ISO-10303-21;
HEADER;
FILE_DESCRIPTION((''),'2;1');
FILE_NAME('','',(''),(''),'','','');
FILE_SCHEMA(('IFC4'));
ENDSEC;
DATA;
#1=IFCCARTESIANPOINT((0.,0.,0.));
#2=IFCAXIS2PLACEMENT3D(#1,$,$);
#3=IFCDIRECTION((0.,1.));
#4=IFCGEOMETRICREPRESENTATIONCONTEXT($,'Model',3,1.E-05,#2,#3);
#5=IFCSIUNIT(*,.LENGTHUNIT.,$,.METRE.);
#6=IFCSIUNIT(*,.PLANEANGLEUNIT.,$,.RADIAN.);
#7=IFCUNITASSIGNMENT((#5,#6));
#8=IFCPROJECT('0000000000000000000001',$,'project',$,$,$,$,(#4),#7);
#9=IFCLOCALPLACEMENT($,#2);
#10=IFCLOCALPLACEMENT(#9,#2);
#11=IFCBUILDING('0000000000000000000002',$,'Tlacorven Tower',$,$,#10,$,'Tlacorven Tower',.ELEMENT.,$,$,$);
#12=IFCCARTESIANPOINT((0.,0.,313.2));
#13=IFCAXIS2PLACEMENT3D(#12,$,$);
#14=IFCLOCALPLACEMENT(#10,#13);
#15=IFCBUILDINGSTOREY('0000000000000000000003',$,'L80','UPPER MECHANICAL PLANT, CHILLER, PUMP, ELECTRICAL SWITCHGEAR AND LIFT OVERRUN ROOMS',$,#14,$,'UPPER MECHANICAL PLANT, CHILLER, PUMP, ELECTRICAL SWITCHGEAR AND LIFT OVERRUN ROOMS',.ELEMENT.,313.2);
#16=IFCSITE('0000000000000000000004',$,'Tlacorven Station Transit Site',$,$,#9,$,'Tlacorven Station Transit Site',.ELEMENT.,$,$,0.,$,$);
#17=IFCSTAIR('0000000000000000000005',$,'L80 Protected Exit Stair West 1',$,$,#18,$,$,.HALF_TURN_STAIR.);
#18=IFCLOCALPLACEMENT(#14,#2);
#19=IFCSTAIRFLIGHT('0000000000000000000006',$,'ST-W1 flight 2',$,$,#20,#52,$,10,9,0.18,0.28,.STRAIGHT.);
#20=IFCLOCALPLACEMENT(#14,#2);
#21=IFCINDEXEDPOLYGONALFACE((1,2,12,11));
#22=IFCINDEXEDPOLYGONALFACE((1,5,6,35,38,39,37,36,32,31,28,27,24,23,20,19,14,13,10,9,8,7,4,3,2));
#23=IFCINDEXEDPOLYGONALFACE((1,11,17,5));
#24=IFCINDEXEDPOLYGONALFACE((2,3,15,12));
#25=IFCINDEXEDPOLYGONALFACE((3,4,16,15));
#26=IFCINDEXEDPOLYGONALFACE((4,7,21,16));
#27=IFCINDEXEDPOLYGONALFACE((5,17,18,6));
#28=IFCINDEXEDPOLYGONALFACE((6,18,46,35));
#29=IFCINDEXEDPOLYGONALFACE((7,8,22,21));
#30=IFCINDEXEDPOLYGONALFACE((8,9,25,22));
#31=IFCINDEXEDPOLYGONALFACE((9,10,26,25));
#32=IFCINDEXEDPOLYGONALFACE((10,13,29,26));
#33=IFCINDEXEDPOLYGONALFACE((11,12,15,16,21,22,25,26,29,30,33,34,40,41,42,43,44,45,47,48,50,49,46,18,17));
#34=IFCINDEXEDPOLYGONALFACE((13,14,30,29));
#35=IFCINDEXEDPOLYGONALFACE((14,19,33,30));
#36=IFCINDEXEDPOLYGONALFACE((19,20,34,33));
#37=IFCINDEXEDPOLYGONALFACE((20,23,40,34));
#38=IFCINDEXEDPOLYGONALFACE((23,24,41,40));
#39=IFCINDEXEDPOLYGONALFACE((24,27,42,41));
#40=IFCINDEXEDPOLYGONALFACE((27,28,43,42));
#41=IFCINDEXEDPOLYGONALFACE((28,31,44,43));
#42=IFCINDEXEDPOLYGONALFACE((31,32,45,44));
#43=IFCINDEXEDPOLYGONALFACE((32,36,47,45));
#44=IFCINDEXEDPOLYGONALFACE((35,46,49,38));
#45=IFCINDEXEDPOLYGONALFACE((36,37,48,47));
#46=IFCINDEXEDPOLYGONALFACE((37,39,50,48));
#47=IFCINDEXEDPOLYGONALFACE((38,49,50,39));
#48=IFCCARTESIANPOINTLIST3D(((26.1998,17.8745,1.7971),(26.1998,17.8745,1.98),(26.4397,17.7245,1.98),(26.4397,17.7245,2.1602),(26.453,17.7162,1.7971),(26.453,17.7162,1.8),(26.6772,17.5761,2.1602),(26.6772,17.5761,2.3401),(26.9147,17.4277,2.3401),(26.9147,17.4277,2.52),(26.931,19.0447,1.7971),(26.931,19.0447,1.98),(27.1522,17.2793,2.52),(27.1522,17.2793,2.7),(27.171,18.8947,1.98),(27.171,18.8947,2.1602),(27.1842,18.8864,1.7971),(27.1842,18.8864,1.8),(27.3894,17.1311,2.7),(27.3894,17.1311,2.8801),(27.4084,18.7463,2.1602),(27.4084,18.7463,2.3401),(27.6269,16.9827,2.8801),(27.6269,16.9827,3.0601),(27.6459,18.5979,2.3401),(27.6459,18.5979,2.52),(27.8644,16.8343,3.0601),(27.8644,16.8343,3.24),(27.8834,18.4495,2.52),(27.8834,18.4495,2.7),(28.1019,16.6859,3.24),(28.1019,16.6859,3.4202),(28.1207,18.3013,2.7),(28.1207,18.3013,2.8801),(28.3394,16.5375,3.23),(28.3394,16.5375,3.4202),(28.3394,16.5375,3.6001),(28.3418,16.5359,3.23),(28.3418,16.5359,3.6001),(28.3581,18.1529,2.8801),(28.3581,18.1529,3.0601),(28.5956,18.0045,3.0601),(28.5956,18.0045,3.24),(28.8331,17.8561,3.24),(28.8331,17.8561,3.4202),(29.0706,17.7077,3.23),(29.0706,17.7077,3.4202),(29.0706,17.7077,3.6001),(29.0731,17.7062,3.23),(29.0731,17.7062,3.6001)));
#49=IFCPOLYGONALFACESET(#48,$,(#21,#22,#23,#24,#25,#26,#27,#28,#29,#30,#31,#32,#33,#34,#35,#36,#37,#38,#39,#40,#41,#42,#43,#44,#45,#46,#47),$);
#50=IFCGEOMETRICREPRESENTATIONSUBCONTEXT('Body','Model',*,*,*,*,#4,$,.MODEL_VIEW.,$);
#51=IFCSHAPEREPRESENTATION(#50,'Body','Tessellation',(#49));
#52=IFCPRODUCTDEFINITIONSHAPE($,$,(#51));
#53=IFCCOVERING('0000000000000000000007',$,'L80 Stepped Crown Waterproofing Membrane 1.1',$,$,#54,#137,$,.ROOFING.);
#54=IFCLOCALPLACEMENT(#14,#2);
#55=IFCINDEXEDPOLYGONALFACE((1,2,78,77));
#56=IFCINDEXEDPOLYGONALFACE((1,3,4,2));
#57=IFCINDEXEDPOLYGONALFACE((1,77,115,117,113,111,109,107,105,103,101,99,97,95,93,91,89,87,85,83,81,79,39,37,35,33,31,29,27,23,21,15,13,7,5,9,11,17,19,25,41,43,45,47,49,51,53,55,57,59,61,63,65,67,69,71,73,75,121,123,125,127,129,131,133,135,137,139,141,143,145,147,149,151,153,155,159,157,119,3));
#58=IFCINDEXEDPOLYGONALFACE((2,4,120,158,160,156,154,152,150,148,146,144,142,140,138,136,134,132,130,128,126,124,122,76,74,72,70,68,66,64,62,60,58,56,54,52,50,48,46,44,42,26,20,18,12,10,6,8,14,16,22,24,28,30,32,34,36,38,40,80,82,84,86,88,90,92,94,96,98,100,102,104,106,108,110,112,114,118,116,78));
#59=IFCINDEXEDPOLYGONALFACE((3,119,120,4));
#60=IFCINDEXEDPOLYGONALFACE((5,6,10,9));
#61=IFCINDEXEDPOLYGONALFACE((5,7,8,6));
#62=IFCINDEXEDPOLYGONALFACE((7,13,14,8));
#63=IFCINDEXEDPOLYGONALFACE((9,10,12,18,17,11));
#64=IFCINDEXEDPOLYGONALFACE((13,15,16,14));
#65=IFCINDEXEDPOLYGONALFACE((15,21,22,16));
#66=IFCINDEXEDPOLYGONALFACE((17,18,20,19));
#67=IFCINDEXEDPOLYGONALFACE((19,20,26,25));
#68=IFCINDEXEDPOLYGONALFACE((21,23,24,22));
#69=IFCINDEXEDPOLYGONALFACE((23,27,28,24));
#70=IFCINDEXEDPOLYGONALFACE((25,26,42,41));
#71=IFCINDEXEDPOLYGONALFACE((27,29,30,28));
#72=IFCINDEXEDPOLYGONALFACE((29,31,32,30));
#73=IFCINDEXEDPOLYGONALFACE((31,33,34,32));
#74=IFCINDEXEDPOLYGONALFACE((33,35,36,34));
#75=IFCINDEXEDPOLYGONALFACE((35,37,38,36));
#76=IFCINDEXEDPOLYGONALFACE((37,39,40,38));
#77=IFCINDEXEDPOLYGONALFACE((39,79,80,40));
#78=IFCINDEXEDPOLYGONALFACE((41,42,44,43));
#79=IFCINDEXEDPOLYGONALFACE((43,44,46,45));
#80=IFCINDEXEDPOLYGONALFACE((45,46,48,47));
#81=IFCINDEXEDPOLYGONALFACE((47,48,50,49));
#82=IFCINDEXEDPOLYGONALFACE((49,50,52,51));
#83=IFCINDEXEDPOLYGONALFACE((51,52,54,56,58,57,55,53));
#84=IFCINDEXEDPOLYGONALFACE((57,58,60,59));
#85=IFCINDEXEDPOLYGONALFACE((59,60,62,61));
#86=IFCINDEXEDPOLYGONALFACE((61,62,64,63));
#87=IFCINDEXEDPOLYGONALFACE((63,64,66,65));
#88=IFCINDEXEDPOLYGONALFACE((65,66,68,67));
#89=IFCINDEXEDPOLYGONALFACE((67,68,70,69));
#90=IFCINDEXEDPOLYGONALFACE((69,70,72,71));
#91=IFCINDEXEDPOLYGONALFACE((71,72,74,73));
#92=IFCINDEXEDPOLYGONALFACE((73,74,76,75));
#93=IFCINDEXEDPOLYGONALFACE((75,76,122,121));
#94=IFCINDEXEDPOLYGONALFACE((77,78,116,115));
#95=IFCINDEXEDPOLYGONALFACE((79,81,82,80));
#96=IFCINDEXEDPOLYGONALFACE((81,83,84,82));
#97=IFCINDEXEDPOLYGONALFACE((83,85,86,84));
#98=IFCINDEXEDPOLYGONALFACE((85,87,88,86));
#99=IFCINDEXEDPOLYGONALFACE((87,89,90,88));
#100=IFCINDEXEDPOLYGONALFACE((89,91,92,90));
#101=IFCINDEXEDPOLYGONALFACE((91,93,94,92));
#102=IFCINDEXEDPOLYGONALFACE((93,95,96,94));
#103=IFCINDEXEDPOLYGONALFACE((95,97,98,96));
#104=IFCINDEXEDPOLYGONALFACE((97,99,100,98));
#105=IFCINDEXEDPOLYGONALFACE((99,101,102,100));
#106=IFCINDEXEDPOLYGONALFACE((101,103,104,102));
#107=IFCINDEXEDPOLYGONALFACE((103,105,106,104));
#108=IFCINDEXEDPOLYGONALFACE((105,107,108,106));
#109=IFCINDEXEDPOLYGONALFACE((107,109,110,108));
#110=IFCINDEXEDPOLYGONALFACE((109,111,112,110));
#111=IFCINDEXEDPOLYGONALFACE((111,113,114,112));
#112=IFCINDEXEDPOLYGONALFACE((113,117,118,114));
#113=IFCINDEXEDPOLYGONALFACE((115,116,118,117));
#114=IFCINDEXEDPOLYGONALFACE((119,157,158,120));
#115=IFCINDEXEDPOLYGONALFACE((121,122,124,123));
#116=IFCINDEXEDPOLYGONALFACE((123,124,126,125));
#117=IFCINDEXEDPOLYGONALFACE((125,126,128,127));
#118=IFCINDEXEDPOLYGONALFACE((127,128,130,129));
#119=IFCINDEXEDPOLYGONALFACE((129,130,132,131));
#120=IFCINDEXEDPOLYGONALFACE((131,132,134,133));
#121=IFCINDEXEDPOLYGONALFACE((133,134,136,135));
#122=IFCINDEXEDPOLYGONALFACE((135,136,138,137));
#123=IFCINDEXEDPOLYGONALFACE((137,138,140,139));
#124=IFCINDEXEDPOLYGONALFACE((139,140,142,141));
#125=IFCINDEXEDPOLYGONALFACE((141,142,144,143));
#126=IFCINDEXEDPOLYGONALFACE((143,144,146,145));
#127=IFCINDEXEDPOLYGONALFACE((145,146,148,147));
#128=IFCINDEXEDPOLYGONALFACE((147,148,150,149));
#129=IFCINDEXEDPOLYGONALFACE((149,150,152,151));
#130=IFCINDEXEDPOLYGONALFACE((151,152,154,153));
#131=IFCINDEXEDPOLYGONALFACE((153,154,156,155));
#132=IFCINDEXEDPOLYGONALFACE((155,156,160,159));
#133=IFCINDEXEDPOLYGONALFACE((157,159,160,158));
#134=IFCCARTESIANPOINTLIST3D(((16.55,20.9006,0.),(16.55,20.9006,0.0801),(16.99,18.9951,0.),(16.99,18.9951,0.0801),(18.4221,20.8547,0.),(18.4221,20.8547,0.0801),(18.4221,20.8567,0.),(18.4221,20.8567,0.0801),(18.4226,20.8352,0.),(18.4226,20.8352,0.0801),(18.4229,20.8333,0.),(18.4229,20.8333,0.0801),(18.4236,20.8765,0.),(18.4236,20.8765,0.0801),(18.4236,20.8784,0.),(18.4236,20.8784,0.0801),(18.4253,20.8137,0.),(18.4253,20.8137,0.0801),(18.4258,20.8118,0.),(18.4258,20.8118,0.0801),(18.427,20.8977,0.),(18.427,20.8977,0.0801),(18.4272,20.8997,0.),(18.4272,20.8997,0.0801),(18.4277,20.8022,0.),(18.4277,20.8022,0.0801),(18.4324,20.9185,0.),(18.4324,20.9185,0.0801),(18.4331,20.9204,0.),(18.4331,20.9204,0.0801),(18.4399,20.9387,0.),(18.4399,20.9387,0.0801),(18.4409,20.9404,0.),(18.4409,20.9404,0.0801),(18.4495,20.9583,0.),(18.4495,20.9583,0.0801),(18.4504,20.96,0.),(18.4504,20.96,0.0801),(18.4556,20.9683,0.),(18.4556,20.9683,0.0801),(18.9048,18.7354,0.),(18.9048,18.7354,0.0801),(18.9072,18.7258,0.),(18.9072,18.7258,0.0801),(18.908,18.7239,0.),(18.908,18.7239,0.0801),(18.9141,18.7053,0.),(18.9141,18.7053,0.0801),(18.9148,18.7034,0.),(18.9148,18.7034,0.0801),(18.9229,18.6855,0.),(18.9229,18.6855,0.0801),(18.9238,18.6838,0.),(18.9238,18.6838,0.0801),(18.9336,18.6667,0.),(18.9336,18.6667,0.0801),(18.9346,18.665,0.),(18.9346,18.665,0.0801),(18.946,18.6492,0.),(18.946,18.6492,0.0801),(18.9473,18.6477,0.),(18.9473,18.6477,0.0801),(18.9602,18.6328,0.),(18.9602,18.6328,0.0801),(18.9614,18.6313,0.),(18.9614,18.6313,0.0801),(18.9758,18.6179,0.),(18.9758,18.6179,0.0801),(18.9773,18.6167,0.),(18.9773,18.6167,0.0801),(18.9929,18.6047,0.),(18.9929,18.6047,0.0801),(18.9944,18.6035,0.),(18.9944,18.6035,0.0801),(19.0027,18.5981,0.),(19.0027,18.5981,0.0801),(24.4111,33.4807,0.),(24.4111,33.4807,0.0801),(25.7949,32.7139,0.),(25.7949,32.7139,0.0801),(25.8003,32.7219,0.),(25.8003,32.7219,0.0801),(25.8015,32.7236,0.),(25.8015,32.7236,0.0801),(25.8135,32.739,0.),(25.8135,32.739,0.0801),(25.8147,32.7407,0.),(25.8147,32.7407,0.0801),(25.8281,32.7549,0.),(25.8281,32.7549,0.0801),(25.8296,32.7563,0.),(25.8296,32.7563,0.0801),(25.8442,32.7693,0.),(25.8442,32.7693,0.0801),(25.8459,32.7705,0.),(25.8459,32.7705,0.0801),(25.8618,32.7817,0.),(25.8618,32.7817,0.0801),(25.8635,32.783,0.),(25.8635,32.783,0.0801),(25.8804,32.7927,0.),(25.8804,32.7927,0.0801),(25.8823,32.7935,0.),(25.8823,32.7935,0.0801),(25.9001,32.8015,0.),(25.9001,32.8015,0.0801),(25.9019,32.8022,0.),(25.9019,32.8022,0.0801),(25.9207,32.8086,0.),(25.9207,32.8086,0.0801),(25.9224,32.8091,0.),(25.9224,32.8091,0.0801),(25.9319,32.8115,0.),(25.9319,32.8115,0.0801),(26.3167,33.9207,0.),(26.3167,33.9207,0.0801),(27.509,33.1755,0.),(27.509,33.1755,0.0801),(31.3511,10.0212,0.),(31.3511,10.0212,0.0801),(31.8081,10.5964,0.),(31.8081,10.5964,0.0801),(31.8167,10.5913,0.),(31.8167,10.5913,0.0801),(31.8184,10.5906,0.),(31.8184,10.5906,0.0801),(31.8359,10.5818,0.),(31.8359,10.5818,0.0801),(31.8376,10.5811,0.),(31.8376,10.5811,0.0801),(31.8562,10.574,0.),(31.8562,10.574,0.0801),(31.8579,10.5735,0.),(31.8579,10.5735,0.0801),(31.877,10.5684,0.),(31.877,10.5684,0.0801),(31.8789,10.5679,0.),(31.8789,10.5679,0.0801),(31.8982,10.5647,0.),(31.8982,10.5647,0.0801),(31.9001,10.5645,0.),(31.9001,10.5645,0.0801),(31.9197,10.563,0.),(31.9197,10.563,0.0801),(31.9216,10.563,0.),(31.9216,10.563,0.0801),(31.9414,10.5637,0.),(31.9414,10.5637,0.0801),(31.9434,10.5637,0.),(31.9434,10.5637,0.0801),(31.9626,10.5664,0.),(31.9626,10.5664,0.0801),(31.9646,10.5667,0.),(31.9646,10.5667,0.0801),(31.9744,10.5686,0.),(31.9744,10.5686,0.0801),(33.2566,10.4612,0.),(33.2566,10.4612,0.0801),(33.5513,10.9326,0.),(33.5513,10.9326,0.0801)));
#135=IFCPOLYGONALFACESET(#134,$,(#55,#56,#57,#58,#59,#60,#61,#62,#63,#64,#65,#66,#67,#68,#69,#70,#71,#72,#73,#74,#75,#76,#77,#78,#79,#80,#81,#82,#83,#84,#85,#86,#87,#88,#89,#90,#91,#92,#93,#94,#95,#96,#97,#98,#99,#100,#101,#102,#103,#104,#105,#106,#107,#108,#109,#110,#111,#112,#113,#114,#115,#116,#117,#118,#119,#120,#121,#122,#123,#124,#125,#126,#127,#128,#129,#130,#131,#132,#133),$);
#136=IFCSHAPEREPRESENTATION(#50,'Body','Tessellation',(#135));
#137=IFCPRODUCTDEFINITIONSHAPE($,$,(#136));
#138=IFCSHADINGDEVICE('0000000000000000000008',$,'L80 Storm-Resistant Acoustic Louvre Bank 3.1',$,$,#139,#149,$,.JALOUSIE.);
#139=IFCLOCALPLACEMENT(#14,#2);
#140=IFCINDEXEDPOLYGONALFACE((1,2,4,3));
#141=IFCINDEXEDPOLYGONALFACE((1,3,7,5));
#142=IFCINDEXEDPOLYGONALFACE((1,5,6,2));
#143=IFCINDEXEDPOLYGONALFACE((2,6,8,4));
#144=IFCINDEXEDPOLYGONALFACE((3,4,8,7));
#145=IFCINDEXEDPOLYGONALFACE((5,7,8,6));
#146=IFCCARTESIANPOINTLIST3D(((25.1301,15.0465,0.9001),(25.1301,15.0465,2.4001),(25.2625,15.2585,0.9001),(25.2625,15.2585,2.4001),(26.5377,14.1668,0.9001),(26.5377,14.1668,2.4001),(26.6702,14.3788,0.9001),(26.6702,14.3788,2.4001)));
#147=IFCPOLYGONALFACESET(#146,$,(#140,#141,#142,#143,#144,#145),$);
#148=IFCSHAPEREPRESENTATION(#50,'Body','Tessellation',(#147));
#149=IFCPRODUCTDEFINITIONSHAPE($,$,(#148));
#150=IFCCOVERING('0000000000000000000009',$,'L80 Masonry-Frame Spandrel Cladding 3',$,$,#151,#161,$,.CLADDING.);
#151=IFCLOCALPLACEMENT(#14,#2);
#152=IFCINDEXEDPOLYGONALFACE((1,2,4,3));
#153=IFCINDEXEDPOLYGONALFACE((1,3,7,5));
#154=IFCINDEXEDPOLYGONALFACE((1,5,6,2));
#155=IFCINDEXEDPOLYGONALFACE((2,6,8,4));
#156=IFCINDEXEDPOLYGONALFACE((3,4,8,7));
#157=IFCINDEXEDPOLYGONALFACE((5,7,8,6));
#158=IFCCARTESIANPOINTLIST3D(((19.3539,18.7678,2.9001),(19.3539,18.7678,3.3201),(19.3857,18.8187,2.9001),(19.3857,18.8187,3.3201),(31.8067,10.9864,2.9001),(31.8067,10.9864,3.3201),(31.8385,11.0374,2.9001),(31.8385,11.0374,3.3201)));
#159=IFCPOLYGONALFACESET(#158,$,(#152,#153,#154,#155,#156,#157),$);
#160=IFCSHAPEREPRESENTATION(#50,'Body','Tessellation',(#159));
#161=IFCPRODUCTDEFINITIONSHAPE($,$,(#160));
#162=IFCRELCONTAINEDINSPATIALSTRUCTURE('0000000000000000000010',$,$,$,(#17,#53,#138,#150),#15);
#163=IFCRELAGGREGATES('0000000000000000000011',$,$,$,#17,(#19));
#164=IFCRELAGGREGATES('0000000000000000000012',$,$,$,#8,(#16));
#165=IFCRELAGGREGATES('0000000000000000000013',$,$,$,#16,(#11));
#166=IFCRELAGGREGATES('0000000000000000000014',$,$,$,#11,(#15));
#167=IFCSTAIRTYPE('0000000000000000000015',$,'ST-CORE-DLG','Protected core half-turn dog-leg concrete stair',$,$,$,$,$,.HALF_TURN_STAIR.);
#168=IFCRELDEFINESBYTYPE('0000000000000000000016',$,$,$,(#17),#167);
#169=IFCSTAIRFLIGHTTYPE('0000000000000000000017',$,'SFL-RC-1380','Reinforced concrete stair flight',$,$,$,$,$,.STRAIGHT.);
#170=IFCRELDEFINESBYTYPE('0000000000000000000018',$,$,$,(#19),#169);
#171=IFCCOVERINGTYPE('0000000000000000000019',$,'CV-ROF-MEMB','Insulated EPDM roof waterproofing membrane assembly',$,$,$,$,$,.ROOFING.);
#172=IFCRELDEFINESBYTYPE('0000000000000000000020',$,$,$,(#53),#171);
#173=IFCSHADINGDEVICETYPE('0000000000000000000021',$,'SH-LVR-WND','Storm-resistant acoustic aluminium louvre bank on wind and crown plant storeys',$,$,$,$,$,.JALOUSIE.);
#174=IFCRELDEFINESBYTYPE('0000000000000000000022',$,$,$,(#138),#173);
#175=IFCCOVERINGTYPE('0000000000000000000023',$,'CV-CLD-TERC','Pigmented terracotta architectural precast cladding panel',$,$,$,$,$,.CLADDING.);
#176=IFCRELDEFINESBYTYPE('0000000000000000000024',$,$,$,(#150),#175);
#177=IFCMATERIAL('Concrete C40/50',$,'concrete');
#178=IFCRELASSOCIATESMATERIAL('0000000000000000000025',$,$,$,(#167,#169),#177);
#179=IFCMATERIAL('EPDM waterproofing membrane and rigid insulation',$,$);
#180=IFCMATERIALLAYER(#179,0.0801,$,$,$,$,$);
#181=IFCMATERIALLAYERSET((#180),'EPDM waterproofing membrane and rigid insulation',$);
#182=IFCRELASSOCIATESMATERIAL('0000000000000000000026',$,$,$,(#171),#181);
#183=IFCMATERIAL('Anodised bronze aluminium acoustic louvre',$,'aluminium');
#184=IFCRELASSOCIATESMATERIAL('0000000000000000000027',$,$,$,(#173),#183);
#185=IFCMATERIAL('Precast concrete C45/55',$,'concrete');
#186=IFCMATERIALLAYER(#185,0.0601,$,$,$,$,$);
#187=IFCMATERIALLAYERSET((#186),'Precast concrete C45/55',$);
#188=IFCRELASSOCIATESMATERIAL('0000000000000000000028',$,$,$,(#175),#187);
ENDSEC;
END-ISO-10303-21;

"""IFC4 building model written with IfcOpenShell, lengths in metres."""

from ifc_helpers import new_model, si_unit, direction, frame, origin, origin_2d, place, context, subcontext, project, spatial, polyline, rectangle, outline, extrude, source, transform, mapped, material, layer, layer_set, type_object, element, aggregate, save


model = new_model("IFC4")

# Units and contexts
model_context = context("Model", 3, precision=1e-05, world=origin(), true_north=direction((0.0, 1.0)))
body_context = subcontext(model_context, "Body", "Model", "MODEL_VIEW")
ifc_project = project(units=[si_unit("LENGTHUNIT", "METRE"), si_unit("PLANEANGLEUNIT", "RADIAN")], contexts=[model_context])

# Site, building, storey
site_placement = place(None, origin())
site = spatial("IfcSite", under=ifc_project, at=site_placement, Name="Tlacorven Station Transit Site", LongName="Tlacorven Station Transit Site", CompositionType="ELEMENT", RefElevation=0.0)
building_placement = place(site_placement, origin())
building = spatial("IfcBuilding", under=site, at=building_placement, Name="Tlacorven Tower", LongName="Tlacorven Tower", CompositionType="ELEMENT")
storey_placement = place(building_placement, frame((0.0, 0.0, 313.2)))
storey = spatial("IfcBuildingStorey", under=building, at=storey_placement, Name="L80", Description="UPPER MECHANICAL PLANT, CHILLER, PUMP, ELECTRICAL SWITCHGEAR AND LIFT OVERRUN ROOMS", LongName="UPPER MECHANICAL PLANT, CHILLER, PUMP, ELECTRICAL SWITCHGEAR AND LIFT OVERRUN ROOMS", CompositionType="ELEMENT", Elevation=313.2)

# Stair
ifc_material_1 = material(Name="Concrete C40/50", Category="concrete")
stair_type = type_object("IfcStairType", Name="ST-CORE-DLG", Description="Protected core half-turn dog-leg concrete stair", PredefinedType="HALF_TURN_STAIR", material=ifc_material_1)
stair_1_placement = place(storey_placement, origin())
stair_1 = element("IfcStair", 1, at=stair_1_placement, inside=storey, type_object=stair_type, Name="L80 Protected Exit Stair West 1", PredefinedType="HALF_TURN_STAIR")

# Shared definitions
ifc_material_2 = material(Name="Precast concrete C45/55", Category="concrete")

# Stair flight
stair_flight_type = type_object("IfcStairFlightType", Name="SFL-RC-1380", Description="Reinforced concrete stair flight", PredefinedType="STRAIGHT", material=ifc_material_1)
shared_shape_1 = source(origin(), body_context, "Body", "SweptSolid", [
    extrude(outline(polyline([(-0.0029, -0.0029), (-0.0029, 0.1799), (0.28, 0.1799), (0.28, 0.3601), (0.5601, 0.3601), (0.5601, 0.54), (0.8401, 0.54), (0.8401, 0.72), (1.1201, 0.72), (1.1201, 0.8999), (1.3999, 0.8999), (1.3999, 1.0801), (1.6799, 1.0801), (1.6799, 1.26), (1.96, 1.26), (1.96, 1.4399), (2.24, 1.4399), (2.24, 1.6201), (2.52, 1.6201), (2.52, 1.8), (2.5229, 1.8), (2.5229, 1.4299), (2.52, 1.4299), (0.2957, 0.0), (0.2957, -0.0029), (-0.0029, -0.0029)])), frame((0.0, 0.6899, 0.0), z_axis=(0.0, -1.0, 0.0), x_axis=(1.0, 0.0, 0.0)), (0.0, 0.0, 1.0), 1.3799),
])
stair_flight_placement = place(storey_placement, frame((26.5679, 18.458, 1.8), z_axis=(0.0, 0.0, 1.0), x_axis=(0.848048, -0.529919, 0.0)))
stair_flight = element("IfcStairFlight", 2, at=stair_flight_placement, type_object=stair_flight_type, Name="ST-W1 flight 2", NumberOfRisers=10, NumberOfTreads=9, PredefinedType="STRAIGHT", RiserHeight=0.18, TreadLength=0.28, context=body_context, shape_type="MappedRepresentation", body=[
    mapped(shared_shape_1, transform((0.0, 0.0, 0.0), scale=1.0)),
])
aggregate(stair_1, [stair_flight])

# Covering
ifc_material_3 = material(Name="EPDM waterproofing membrane and rigid insulation")
ifc_layer_1 = layer(ifc_material_3, 0.0801)
ifc_layer_set_1 = layer_set([ifc_layer_1], Name="EPDM waterproofing membrane and rigid insulation")
covering_type_1 = type_object("IfcCoveringType", Name="CV-ROF-MEMB", Description="Insulated EPDM roof waterproofing membrane assembly", PredefinedType="ROOFING", material=ifc_layer_set_1)
covering_1_placement = place(storey_placement, origin())
element("IfcCovering", 3, at=covering_1_placement, inside=storey, type_object=covering_type_1, Name="L80 Stepped Crown Waterproofing Membrane 1.1", PredefinedType="ROOFING", context=body_context, shape_type="SweptSolid", body=[
    extrude(outline(polyline([(33.2566, 10.4612), (31.3511, 10.0212), (16.99, 18.9951), (16.55, 20.9006), (24.4111, 33.4807), (26.3167, 33.9207), (27.509, 33.1755), (25.9319, 32.8115), (25.9224, 32.8091), (25.9207, 32.8086), (25.9019, 32.8022), (25.9001, 32.8015), (25.8823, 32.7935), (25.8804, 32.7927), (25.8635, 32.783), (25.8618, 32.7817), (25.8459, 32.7705), (25.8442, 32.7693), (25.8296, 32.7563), (25.8281, 32.7549), (25.8147, 32.7407), (25.8135, 32.739), (25.8015, 32.7236), (25.8003, 32.7219), (25.7949, 32.7139), (18.4556, 20.9683), (18.4504, 20.96), (18.4495, 20.9583), (18.4409, 20.9404), (18.4399, 20.9387), (18.4331, 20.9204), (18.4324, 20.9185), (18.4272, 20.8997), (18.427, 20.8977), (18.4236, 20.8784), (18.4236, 20.8765), (18.4221, 20.8567), (18.4221, 20.8547), (18.4226, 20.8352), (18.4229, 20.8333), (18.4253, 20.8137), (18.4258, 20.8118), (18.4277, 20.8022), (18.9048, 18.7354), (18.9072, 18.7258), (18.908, 18.7239), (18.9141, 18.7053), (18.9148, 18.7034), (18.9229, 18.6855), (18.9238, 18.6838), (18.9336, 18.6667), (18.9346, 18.665), (18.946, 18.6492), (18.9473, 18.6477), (18.9602, 18.6328), (18.9614, 18.6313), (18.9758, 18.6179), (18.9773, 18.6167), (18.9929, 18.6047), (18.9944, 18.6035), (19.0027, 18.5981), (31.8081, 10.5964), (31.8167, 10.5913), (31.8184, 10.5906), (31.8359, 10.5818), (31.8376, 10.5811), (31.8562, 10.574), (31.8579, 10.5735), (31.877, 10.5684), (31.8789, 10.5679), (31.8982, 10.5647), (31.9001, 10.5645), (31.9197, 10.563), (31.9216, 10.563), (31.9414, 10.5637), (31.9434, 10.5637), (31.9626, 10.5664), (31.9646, 10.5667), (31.9744, 10.5686), (33.5513, 10.9326), (33.2566, 10.4612)])), origin(), (0.0, 0.0, 1.0), 0.0801),
])

# Shading device
ifc_material_4 = material(Name="Anodised bronze aluminium acoustic louvre", Category="aluminium")
shading_device_type = type_object("IfcShadingDeviceType", Name="SH-LVR-WND", Description="Storm-resistant acoustic aluminium louvre bank on wind and crown plant storeys", PredefinedType="JALOUSIE", material=ifc_material_4)
shared_shape_2 = source(origin(), body_context, "Body", "SweptSolid", [
    extrude(rectangle(XDim=1.6599, YDim=0.25, at=origin_2d()), origin(), (0.0, 0.0, 1.0), 1.5),
])
shading_device_placement = place(storey_placement, frame((25.9001, 14.7126, 0.9001), z_axis=(0.0, 0.0, 1.0), x_axis=(-0.848048, 0.529919, 0.0)))
element("IfcShadingDevice", 4, at=shading_device_placement, inside=storey, type_object=shading_device_type, Name="L80 Storm-Resistant Acoustic Louvre Bank 3.1", PredefinedType="JALOUSIE", context=body_context, shape_type="MappedRepresentation", body=[
    mapped(shared_shape_2, transform((0.0, 0.0, 0.0), scale=1.0)),
])

# Covering
ifc_layer_2 = layer(ifc_material_2, 0.0601)
ifc_layer_set_2 = layer_set([ifc_layer_2], Name="Precast concrete C45/55")
covering_type_2 = type_object("IfcCoveringType", Name="CV-CLD-TERC", Description="Pigmented terracotta architectural precast cladding panel", PredefinedType="CLADDING", material=ifc_layer_set_2)
shared_shape_3 = source(origin(), body_context, "Body", "SweptSolid", [
    extrude(rectangle(XDim=14.6841, YDim=0.0601, at=origin_2d()), origin(), (0.0, 0.0, 1.0), 0.4199),
])
covering_2_placement = place(storey_placement, frame((25.5962, 14.9026, 2.9001), z_axis=(0.0, 0.0, 1.0), x_axis=(-0.848048, 0.529919, 0.0)))
element("IfcCovering", 5, at=covering_2_placement, inside=storey, type_object=covering_type_2, Name="L80 Masonry-Frame Spandrel Cladding 3", PredefinedType="CLADDING", context=body_context, shape_type="MappedRepresentation", body=[
    mapped(shared_shape_3, transform((0.0, 0.0, 0.0), scale=1.0)),
])

save(model, "model.ifc")
